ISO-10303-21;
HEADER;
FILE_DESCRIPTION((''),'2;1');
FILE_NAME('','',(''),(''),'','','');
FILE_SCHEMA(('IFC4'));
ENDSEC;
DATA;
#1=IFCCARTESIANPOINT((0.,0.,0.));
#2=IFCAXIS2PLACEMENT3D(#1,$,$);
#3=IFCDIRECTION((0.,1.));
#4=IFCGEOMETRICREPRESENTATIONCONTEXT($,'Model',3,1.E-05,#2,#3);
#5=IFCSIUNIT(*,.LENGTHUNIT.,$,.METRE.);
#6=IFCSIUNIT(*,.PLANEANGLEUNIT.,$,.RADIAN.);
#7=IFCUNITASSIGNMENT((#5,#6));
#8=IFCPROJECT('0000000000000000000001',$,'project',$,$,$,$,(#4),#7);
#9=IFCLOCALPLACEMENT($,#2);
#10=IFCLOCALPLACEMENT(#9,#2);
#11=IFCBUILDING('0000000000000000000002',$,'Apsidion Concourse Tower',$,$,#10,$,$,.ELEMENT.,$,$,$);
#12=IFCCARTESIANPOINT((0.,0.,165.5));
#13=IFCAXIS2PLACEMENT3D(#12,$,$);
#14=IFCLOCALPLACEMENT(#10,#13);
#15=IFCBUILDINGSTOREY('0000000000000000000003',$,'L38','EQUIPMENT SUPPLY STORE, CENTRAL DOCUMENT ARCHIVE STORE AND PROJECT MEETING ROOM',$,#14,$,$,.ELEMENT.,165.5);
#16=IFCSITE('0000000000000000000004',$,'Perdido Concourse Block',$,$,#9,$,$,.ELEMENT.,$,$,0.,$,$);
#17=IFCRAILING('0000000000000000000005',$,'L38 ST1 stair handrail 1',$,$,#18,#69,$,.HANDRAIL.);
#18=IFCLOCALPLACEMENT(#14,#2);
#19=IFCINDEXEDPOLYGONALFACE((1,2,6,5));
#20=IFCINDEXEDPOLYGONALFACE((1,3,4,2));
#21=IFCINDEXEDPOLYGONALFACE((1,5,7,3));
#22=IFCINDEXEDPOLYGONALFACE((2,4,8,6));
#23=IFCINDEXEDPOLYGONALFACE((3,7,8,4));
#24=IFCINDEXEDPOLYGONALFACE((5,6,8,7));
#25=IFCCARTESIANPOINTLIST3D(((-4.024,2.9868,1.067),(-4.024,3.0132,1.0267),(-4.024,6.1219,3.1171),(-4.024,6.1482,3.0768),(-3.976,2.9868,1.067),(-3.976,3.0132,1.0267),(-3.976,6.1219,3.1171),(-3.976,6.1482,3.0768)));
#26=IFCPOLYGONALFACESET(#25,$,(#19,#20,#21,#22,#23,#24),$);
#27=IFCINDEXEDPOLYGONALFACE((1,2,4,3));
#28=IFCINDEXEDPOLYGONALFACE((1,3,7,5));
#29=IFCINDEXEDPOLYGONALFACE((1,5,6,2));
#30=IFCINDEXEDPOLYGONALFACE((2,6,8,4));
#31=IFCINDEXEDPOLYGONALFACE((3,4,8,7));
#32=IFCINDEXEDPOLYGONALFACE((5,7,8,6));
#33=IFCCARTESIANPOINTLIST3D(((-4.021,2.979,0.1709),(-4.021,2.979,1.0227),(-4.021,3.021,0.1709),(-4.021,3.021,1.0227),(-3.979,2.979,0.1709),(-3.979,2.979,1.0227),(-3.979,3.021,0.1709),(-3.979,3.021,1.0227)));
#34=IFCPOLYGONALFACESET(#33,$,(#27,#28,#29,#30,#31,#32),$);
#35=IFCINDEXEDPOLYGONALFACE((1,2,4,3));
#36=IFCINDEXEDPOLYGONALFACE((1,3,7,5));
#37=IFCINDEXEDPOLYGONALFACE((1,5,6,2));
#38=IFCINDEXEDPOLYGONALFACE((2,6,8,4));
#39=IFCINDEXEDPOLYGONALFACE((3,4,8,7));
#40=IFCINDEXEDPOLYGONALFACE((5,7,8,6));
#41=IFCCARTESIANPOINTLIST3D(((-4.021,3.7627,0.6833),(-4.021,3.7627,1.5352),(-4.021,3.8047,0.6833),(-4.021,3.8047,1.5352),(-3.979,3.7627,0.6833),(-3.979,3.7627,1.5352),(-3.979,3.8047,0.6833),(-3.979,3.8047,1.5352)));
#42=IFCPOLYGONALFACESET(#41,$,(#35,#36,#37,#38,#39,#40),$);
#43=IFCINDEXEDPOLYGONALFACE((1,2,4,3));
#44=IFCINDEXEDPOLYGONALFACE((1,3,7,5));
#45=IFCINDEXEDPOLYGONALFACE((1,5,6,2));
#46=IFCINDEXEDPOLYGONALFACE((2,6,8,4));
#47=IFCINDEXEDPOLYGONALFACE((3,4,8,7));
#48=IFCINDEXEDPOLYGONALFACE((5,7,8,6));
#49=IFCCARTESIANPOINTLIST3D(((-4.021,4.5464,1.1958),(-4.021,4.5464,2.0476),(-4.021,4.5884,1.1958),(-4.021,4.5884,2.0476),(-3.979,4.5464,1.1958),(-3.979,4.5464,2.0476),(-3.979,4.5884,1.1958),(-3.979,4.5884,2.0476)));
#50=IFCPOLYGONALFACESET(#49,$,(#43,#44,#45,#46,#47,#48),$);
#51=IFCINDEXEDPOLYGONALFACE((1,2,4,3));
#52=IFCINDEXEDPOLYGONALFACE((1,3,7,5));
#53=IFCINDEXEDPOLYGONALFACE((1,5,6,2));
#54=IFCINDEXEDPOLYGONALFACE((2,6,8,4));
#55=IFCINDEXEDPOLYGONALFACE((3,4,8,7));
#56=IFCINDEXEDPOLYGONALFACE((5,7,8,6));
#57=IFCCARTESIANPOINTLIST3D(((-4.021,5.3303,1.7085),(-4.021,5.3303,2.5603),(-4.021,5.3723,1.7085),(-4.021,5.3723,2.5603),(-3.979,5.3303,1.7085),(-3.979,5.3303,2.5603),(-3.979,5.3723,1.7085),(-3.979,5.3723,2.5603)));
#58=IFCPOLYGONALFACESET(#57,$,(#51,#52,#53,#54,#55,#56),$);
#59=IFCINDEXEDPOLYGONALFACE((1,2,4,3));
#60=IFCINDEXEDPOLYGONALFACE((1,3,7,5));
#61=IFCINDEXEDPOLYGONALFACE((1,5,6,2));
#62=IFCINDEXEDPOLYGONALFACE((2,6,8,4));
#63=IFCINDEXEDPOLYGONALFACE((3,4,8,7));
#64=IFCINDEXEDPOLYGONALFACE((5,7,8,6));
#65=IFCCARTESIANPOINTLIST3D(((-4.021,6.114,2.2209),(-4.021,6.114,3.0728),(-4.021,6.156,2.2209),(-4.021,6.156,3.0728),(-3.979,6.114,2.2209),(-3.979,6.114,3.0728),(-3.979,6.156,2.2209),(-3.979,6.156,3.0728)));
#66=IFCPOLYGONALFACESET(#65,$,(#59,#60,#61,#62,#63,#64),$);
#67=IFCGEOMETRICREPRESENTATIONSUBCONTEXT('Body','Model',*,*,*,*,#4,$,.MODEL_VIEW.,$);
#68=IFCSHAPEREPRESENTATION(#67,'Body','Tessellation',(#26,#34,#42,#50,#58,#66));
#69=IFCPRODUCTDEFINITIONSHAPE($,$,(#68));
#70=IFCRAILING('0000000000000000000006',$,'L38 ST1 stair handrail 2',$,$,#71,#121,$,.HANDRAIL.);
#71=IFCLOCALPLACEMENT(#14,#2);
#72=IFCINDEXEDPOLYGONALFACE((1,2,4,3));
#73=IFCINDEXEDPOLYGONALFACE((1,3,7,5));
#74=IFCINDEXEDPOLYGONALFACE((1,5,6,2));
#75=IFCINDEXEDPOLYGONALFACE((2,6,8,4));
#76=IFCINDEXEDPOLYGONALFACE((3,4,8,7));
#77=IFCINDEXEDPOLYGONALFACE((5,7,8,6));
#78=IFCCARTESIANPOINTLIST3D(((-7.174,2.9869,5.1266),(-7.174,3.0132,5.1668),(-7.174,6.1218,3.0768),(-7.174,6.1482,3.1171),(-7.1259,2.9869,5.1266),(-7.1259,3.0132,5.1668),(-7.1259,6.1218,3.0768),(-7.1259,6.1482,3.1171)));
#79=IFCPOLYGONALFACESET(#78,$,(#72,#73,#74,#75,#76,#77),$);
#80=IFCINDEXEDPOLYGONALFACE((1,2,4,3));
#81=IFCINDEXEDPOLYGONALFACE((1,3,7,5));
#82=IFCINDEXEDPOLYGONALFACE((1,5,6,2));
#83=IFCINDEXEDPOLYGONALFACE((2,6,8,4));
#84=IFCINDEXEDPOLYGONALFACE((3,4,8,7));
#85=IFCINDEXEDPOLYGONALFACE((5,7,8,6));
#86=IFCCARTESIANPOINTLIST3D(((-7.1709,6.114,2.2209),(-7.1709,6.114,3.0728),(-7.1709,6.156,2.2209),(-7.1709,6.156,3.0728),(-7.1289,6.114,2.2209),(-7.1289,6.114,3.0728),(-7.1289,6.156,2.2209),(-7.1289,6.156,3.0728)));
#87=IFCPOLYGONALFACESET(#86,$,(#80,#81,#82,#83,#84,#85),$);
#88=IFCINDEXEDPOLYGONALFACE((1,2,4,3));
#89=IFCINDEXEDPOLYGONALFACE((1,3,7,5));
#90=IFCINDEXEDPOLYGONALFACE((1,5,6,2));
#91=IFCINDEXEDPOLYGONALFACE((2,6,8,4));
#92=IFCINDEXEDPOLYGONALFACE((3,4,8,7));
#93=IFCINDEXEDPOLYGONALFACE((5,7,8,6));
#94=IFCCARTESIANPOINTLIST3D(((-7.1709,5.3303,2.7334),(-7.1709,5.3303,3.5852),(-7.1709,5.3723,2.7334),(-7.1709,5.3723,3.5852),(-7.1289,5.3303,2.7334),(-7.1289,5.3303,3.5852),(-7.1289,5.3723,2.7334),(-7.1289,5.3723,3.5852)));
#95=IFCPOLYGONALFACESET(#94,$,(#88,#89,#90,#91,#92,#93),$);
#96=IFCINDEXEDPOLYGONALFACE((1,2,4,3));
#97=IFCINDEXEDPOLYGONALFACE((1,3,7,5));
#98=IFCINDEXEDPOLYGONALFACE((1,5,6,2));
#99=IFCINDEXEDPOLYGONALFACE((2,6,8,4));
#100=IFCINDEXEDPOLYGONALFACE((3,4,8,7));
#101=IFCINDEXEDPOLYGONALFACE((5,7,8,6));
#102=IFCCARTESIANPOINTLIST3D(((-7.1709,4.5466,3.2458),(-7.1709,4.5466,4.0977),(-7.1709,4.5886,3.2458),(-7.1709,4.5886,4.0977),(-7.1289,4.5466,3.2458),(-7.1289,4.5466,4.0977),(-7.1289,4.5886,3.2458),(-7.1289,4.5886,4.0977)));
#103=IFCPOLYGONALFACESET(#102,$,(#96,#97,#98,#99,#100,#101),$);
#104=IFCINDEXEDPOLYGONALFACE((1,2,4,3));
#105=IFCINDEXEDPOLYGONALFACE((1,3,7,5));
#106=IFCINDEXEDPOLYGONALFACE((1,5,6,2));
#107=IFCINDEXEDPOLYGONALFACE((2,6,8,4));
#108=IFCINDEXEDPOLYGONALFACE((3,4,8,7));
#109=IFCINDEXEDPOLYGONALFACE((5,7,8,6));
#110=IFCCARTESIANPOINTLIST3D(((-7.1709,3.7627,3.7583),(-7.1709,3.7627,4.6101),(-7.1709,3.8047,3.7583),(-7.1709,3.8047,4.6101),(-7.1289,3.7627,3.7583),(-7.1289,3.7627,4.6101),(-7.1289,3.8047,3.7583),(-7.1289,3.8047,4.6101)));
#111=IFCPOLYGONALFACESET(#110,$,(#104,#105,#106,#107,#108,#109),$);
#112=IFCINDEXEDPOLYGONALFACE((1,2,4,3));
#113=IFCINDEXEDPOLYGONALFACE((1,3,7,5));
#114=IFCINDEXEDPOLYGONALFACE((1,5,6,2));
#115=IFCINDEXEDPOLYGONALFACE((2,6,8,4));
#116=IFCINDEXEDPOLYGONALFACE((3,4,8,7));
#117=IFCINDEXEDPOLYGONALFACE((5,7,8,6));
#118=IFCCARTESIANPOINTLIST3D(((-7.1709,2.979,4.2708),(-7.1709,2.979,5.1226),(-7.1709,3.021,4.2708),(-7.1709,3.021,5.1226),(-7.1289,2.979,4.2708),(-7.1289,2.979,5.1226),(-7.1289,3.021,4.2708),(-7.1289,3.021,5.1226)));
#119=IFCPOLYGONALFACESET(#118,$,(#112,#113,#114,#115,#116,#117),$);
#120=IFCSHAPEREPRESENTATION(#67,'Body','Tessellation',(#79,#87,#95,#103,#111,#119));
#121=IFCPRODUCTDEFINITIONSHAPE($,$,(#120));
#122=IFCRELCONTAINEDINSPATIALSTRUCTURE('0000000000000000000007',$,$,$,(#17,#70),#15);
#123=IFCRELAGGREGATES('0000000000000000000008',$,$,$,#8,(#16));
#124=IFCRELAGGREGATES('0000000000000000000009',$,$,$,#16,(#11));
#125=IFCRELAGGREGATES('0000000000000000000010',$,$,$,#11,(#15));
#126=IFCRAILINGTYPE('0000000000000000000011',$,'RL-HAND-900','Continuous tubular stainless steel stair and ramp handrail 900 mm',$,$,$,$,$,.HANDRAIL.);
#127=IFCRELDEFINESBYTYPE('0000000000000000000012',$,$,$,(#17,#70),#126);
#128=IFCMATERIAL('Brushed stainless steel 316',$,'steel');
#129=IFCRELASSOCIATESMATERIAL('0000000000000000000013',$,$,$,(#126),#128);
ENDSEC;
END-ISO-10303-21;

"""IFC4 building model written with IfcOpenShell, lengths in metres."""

from ifc_helpers import new_model, si_unit, direction, frame, origin, origin_2d, place, context, subcontext, project, spatial, rectangle, extrude, material, type_object, element, save


model = new_model("IFC4")

# Units and contexts
model_context = context("Model", 3, precision=1e-05, world=origin(), true_north=direction((0.0, 1.0)))
body_context = subcontext(model_context, "Body", "Model", "MODEL_VIEW")
ifc_project = project(units=[si_unit("LENGTHUNIT", "METRE"), si_unit("PLANEANGLEUNIT", "RADIAN")], contexts=[model_context])

# Site, building, storey
site_placement = place(None, origin())
site = spatial("IfcSite", under=ifc_project, at=site_placement, Name="Perdido Concourse Block", CompositionType="ELEMENT", RefElevation=0.0)
building_placement = place(site_placement, origin())
building = spatial("IfcBuilding", under=site, at=building_placement, Name="Apsidion Concourse Tower", CompositionType="ELEMENT")
storey_placement = place(building_placement, frame((0.0, 0.0, 165.5)))
storey = spatial("IfcBuildingStorey", under=building, at=storey_placement, Name="L38", Description="EQUIPMENT SUPPLY STORE, CENTRAL DOCUMENT ARCHIVE STORE AND PROJECT MEETING ROOM", CompositionType="ELEMENT", Elevation=165.5)

# Shared definitions
ifc_material_1 = material(Name="Brushed stainless steel 316", Category="steel")

# Railings
railing_type_1 = type_object("IfcRailingType", Name="RL-HAND-900", Description="Continuous tubular stainless steel stair and ramp handrail 900 mm", PredefinedType="HANDRAIL", material=ifc_material_1)
railing_1_placement = place(storey_placement, frame((-4.0, 3.0, 0.1709)))
element("IfcRailing", 1, at=railing_1_placement, inside=storey, type_object=railing_type_1, Name="L38 ST1 stair handrail 1", PredefinedType="HANDRAIL", context=body_context, shape_type="SweptSolid", body=[
    extrude(rectangle(XDim=0.0481, YDim=0.0481, at=origin_2d()), frame((0.0, 0.0, 0.876), z_axis=(0.0, 0.836941, 0.547293), x_axis=(-1.0, 0.0, 0.0)), (0.0, 0.0, 1.0), 3.7458),
    extrude(rectangle(XDim=0.042, YDim=0.042, at=origin_2d()), origin(), (0.0, 0.0, 1.0), 0.8518),
    extrude(rectangle(XDim=0.042, YDim=0.042, at=origin_2d()), frame((0.0, 0.7837, 0.5125)), (0.0, 0.0, 1.0), 0.8518),
    extrude(rectangle(XDim=0.042, YDim=0.042, at=origin_2d()), frame((0.0, 1.5674, 1.0249)), (0.0, 0.0, 1.0), 0.8518),
    extrude(rectangle(XDim=0.042, YDim=0.042, at=origin_2d()), frame((0.0, 2.3513, 1.5376)), (0.0, 0.0, 1.0), 0.8518),
    extrude(rectangle(XDim=0.042, YDim=0.042, at=origin_2d()), frame((0.0, 3.135, 2.05)), (0.0, 0.0, 1.0), 0.8518),
])
railing_2_placement = place(storey_placement, frame((-7.1499, 6.135, 2.2209)))
element("IfcRailing", 2, at=railing_2_placement, inside=storey, type_object=railing_type_1, Name="L38 ST1 stair handrail 2", PredefinedType="HANDRAIL", context=body_context, shape_type="SweptSolid", body=[
    extrude(rectangle(XDim=0.0481, YDim=0.0481, at=origin_2d()), frame((0.0, 0.0, 0.876), z_axis=(0.0, -0.836971, 0.547248), x_axis=(1.0, 0.0, 0.0)), (0.0, 0.0, 1.0), 3.7456),
    extrude(rectangle(XDim=0.042, YDim=0.042, at=origin_2d()), origin(), (0.0, 0.0, 1.0), 0.8518),
    extrude(rectangle(XDim=0.042, YDim=0.042, at=origin_2d()), frame((0.0, -0.7837, 0.5125)), (0.0, 0.0, 1.0), 0.8518),
    extrude(rectangle(XDim=0.042, YDim=0.042, at=origin_2d()), frame((0.0, -1.5674, 1.0249)), (0.0, 0.0, 1.0), 0.8518),
    extrude(rectangle(XDim=0.042, YDim=0.042, at=origin_2d()), frame((0.0, -2.3513, 1.5374)), (0.0, 0.0, 1.0), 0.8518),
    extrude(rectangle(XDim=0.042, YDim=0.042, at=origin_2d()), frame((0.0, -3.135, 2.0498)), (0.0, 0.0, 1.0), 0.8518),
])

save(model, "model.ifc")
